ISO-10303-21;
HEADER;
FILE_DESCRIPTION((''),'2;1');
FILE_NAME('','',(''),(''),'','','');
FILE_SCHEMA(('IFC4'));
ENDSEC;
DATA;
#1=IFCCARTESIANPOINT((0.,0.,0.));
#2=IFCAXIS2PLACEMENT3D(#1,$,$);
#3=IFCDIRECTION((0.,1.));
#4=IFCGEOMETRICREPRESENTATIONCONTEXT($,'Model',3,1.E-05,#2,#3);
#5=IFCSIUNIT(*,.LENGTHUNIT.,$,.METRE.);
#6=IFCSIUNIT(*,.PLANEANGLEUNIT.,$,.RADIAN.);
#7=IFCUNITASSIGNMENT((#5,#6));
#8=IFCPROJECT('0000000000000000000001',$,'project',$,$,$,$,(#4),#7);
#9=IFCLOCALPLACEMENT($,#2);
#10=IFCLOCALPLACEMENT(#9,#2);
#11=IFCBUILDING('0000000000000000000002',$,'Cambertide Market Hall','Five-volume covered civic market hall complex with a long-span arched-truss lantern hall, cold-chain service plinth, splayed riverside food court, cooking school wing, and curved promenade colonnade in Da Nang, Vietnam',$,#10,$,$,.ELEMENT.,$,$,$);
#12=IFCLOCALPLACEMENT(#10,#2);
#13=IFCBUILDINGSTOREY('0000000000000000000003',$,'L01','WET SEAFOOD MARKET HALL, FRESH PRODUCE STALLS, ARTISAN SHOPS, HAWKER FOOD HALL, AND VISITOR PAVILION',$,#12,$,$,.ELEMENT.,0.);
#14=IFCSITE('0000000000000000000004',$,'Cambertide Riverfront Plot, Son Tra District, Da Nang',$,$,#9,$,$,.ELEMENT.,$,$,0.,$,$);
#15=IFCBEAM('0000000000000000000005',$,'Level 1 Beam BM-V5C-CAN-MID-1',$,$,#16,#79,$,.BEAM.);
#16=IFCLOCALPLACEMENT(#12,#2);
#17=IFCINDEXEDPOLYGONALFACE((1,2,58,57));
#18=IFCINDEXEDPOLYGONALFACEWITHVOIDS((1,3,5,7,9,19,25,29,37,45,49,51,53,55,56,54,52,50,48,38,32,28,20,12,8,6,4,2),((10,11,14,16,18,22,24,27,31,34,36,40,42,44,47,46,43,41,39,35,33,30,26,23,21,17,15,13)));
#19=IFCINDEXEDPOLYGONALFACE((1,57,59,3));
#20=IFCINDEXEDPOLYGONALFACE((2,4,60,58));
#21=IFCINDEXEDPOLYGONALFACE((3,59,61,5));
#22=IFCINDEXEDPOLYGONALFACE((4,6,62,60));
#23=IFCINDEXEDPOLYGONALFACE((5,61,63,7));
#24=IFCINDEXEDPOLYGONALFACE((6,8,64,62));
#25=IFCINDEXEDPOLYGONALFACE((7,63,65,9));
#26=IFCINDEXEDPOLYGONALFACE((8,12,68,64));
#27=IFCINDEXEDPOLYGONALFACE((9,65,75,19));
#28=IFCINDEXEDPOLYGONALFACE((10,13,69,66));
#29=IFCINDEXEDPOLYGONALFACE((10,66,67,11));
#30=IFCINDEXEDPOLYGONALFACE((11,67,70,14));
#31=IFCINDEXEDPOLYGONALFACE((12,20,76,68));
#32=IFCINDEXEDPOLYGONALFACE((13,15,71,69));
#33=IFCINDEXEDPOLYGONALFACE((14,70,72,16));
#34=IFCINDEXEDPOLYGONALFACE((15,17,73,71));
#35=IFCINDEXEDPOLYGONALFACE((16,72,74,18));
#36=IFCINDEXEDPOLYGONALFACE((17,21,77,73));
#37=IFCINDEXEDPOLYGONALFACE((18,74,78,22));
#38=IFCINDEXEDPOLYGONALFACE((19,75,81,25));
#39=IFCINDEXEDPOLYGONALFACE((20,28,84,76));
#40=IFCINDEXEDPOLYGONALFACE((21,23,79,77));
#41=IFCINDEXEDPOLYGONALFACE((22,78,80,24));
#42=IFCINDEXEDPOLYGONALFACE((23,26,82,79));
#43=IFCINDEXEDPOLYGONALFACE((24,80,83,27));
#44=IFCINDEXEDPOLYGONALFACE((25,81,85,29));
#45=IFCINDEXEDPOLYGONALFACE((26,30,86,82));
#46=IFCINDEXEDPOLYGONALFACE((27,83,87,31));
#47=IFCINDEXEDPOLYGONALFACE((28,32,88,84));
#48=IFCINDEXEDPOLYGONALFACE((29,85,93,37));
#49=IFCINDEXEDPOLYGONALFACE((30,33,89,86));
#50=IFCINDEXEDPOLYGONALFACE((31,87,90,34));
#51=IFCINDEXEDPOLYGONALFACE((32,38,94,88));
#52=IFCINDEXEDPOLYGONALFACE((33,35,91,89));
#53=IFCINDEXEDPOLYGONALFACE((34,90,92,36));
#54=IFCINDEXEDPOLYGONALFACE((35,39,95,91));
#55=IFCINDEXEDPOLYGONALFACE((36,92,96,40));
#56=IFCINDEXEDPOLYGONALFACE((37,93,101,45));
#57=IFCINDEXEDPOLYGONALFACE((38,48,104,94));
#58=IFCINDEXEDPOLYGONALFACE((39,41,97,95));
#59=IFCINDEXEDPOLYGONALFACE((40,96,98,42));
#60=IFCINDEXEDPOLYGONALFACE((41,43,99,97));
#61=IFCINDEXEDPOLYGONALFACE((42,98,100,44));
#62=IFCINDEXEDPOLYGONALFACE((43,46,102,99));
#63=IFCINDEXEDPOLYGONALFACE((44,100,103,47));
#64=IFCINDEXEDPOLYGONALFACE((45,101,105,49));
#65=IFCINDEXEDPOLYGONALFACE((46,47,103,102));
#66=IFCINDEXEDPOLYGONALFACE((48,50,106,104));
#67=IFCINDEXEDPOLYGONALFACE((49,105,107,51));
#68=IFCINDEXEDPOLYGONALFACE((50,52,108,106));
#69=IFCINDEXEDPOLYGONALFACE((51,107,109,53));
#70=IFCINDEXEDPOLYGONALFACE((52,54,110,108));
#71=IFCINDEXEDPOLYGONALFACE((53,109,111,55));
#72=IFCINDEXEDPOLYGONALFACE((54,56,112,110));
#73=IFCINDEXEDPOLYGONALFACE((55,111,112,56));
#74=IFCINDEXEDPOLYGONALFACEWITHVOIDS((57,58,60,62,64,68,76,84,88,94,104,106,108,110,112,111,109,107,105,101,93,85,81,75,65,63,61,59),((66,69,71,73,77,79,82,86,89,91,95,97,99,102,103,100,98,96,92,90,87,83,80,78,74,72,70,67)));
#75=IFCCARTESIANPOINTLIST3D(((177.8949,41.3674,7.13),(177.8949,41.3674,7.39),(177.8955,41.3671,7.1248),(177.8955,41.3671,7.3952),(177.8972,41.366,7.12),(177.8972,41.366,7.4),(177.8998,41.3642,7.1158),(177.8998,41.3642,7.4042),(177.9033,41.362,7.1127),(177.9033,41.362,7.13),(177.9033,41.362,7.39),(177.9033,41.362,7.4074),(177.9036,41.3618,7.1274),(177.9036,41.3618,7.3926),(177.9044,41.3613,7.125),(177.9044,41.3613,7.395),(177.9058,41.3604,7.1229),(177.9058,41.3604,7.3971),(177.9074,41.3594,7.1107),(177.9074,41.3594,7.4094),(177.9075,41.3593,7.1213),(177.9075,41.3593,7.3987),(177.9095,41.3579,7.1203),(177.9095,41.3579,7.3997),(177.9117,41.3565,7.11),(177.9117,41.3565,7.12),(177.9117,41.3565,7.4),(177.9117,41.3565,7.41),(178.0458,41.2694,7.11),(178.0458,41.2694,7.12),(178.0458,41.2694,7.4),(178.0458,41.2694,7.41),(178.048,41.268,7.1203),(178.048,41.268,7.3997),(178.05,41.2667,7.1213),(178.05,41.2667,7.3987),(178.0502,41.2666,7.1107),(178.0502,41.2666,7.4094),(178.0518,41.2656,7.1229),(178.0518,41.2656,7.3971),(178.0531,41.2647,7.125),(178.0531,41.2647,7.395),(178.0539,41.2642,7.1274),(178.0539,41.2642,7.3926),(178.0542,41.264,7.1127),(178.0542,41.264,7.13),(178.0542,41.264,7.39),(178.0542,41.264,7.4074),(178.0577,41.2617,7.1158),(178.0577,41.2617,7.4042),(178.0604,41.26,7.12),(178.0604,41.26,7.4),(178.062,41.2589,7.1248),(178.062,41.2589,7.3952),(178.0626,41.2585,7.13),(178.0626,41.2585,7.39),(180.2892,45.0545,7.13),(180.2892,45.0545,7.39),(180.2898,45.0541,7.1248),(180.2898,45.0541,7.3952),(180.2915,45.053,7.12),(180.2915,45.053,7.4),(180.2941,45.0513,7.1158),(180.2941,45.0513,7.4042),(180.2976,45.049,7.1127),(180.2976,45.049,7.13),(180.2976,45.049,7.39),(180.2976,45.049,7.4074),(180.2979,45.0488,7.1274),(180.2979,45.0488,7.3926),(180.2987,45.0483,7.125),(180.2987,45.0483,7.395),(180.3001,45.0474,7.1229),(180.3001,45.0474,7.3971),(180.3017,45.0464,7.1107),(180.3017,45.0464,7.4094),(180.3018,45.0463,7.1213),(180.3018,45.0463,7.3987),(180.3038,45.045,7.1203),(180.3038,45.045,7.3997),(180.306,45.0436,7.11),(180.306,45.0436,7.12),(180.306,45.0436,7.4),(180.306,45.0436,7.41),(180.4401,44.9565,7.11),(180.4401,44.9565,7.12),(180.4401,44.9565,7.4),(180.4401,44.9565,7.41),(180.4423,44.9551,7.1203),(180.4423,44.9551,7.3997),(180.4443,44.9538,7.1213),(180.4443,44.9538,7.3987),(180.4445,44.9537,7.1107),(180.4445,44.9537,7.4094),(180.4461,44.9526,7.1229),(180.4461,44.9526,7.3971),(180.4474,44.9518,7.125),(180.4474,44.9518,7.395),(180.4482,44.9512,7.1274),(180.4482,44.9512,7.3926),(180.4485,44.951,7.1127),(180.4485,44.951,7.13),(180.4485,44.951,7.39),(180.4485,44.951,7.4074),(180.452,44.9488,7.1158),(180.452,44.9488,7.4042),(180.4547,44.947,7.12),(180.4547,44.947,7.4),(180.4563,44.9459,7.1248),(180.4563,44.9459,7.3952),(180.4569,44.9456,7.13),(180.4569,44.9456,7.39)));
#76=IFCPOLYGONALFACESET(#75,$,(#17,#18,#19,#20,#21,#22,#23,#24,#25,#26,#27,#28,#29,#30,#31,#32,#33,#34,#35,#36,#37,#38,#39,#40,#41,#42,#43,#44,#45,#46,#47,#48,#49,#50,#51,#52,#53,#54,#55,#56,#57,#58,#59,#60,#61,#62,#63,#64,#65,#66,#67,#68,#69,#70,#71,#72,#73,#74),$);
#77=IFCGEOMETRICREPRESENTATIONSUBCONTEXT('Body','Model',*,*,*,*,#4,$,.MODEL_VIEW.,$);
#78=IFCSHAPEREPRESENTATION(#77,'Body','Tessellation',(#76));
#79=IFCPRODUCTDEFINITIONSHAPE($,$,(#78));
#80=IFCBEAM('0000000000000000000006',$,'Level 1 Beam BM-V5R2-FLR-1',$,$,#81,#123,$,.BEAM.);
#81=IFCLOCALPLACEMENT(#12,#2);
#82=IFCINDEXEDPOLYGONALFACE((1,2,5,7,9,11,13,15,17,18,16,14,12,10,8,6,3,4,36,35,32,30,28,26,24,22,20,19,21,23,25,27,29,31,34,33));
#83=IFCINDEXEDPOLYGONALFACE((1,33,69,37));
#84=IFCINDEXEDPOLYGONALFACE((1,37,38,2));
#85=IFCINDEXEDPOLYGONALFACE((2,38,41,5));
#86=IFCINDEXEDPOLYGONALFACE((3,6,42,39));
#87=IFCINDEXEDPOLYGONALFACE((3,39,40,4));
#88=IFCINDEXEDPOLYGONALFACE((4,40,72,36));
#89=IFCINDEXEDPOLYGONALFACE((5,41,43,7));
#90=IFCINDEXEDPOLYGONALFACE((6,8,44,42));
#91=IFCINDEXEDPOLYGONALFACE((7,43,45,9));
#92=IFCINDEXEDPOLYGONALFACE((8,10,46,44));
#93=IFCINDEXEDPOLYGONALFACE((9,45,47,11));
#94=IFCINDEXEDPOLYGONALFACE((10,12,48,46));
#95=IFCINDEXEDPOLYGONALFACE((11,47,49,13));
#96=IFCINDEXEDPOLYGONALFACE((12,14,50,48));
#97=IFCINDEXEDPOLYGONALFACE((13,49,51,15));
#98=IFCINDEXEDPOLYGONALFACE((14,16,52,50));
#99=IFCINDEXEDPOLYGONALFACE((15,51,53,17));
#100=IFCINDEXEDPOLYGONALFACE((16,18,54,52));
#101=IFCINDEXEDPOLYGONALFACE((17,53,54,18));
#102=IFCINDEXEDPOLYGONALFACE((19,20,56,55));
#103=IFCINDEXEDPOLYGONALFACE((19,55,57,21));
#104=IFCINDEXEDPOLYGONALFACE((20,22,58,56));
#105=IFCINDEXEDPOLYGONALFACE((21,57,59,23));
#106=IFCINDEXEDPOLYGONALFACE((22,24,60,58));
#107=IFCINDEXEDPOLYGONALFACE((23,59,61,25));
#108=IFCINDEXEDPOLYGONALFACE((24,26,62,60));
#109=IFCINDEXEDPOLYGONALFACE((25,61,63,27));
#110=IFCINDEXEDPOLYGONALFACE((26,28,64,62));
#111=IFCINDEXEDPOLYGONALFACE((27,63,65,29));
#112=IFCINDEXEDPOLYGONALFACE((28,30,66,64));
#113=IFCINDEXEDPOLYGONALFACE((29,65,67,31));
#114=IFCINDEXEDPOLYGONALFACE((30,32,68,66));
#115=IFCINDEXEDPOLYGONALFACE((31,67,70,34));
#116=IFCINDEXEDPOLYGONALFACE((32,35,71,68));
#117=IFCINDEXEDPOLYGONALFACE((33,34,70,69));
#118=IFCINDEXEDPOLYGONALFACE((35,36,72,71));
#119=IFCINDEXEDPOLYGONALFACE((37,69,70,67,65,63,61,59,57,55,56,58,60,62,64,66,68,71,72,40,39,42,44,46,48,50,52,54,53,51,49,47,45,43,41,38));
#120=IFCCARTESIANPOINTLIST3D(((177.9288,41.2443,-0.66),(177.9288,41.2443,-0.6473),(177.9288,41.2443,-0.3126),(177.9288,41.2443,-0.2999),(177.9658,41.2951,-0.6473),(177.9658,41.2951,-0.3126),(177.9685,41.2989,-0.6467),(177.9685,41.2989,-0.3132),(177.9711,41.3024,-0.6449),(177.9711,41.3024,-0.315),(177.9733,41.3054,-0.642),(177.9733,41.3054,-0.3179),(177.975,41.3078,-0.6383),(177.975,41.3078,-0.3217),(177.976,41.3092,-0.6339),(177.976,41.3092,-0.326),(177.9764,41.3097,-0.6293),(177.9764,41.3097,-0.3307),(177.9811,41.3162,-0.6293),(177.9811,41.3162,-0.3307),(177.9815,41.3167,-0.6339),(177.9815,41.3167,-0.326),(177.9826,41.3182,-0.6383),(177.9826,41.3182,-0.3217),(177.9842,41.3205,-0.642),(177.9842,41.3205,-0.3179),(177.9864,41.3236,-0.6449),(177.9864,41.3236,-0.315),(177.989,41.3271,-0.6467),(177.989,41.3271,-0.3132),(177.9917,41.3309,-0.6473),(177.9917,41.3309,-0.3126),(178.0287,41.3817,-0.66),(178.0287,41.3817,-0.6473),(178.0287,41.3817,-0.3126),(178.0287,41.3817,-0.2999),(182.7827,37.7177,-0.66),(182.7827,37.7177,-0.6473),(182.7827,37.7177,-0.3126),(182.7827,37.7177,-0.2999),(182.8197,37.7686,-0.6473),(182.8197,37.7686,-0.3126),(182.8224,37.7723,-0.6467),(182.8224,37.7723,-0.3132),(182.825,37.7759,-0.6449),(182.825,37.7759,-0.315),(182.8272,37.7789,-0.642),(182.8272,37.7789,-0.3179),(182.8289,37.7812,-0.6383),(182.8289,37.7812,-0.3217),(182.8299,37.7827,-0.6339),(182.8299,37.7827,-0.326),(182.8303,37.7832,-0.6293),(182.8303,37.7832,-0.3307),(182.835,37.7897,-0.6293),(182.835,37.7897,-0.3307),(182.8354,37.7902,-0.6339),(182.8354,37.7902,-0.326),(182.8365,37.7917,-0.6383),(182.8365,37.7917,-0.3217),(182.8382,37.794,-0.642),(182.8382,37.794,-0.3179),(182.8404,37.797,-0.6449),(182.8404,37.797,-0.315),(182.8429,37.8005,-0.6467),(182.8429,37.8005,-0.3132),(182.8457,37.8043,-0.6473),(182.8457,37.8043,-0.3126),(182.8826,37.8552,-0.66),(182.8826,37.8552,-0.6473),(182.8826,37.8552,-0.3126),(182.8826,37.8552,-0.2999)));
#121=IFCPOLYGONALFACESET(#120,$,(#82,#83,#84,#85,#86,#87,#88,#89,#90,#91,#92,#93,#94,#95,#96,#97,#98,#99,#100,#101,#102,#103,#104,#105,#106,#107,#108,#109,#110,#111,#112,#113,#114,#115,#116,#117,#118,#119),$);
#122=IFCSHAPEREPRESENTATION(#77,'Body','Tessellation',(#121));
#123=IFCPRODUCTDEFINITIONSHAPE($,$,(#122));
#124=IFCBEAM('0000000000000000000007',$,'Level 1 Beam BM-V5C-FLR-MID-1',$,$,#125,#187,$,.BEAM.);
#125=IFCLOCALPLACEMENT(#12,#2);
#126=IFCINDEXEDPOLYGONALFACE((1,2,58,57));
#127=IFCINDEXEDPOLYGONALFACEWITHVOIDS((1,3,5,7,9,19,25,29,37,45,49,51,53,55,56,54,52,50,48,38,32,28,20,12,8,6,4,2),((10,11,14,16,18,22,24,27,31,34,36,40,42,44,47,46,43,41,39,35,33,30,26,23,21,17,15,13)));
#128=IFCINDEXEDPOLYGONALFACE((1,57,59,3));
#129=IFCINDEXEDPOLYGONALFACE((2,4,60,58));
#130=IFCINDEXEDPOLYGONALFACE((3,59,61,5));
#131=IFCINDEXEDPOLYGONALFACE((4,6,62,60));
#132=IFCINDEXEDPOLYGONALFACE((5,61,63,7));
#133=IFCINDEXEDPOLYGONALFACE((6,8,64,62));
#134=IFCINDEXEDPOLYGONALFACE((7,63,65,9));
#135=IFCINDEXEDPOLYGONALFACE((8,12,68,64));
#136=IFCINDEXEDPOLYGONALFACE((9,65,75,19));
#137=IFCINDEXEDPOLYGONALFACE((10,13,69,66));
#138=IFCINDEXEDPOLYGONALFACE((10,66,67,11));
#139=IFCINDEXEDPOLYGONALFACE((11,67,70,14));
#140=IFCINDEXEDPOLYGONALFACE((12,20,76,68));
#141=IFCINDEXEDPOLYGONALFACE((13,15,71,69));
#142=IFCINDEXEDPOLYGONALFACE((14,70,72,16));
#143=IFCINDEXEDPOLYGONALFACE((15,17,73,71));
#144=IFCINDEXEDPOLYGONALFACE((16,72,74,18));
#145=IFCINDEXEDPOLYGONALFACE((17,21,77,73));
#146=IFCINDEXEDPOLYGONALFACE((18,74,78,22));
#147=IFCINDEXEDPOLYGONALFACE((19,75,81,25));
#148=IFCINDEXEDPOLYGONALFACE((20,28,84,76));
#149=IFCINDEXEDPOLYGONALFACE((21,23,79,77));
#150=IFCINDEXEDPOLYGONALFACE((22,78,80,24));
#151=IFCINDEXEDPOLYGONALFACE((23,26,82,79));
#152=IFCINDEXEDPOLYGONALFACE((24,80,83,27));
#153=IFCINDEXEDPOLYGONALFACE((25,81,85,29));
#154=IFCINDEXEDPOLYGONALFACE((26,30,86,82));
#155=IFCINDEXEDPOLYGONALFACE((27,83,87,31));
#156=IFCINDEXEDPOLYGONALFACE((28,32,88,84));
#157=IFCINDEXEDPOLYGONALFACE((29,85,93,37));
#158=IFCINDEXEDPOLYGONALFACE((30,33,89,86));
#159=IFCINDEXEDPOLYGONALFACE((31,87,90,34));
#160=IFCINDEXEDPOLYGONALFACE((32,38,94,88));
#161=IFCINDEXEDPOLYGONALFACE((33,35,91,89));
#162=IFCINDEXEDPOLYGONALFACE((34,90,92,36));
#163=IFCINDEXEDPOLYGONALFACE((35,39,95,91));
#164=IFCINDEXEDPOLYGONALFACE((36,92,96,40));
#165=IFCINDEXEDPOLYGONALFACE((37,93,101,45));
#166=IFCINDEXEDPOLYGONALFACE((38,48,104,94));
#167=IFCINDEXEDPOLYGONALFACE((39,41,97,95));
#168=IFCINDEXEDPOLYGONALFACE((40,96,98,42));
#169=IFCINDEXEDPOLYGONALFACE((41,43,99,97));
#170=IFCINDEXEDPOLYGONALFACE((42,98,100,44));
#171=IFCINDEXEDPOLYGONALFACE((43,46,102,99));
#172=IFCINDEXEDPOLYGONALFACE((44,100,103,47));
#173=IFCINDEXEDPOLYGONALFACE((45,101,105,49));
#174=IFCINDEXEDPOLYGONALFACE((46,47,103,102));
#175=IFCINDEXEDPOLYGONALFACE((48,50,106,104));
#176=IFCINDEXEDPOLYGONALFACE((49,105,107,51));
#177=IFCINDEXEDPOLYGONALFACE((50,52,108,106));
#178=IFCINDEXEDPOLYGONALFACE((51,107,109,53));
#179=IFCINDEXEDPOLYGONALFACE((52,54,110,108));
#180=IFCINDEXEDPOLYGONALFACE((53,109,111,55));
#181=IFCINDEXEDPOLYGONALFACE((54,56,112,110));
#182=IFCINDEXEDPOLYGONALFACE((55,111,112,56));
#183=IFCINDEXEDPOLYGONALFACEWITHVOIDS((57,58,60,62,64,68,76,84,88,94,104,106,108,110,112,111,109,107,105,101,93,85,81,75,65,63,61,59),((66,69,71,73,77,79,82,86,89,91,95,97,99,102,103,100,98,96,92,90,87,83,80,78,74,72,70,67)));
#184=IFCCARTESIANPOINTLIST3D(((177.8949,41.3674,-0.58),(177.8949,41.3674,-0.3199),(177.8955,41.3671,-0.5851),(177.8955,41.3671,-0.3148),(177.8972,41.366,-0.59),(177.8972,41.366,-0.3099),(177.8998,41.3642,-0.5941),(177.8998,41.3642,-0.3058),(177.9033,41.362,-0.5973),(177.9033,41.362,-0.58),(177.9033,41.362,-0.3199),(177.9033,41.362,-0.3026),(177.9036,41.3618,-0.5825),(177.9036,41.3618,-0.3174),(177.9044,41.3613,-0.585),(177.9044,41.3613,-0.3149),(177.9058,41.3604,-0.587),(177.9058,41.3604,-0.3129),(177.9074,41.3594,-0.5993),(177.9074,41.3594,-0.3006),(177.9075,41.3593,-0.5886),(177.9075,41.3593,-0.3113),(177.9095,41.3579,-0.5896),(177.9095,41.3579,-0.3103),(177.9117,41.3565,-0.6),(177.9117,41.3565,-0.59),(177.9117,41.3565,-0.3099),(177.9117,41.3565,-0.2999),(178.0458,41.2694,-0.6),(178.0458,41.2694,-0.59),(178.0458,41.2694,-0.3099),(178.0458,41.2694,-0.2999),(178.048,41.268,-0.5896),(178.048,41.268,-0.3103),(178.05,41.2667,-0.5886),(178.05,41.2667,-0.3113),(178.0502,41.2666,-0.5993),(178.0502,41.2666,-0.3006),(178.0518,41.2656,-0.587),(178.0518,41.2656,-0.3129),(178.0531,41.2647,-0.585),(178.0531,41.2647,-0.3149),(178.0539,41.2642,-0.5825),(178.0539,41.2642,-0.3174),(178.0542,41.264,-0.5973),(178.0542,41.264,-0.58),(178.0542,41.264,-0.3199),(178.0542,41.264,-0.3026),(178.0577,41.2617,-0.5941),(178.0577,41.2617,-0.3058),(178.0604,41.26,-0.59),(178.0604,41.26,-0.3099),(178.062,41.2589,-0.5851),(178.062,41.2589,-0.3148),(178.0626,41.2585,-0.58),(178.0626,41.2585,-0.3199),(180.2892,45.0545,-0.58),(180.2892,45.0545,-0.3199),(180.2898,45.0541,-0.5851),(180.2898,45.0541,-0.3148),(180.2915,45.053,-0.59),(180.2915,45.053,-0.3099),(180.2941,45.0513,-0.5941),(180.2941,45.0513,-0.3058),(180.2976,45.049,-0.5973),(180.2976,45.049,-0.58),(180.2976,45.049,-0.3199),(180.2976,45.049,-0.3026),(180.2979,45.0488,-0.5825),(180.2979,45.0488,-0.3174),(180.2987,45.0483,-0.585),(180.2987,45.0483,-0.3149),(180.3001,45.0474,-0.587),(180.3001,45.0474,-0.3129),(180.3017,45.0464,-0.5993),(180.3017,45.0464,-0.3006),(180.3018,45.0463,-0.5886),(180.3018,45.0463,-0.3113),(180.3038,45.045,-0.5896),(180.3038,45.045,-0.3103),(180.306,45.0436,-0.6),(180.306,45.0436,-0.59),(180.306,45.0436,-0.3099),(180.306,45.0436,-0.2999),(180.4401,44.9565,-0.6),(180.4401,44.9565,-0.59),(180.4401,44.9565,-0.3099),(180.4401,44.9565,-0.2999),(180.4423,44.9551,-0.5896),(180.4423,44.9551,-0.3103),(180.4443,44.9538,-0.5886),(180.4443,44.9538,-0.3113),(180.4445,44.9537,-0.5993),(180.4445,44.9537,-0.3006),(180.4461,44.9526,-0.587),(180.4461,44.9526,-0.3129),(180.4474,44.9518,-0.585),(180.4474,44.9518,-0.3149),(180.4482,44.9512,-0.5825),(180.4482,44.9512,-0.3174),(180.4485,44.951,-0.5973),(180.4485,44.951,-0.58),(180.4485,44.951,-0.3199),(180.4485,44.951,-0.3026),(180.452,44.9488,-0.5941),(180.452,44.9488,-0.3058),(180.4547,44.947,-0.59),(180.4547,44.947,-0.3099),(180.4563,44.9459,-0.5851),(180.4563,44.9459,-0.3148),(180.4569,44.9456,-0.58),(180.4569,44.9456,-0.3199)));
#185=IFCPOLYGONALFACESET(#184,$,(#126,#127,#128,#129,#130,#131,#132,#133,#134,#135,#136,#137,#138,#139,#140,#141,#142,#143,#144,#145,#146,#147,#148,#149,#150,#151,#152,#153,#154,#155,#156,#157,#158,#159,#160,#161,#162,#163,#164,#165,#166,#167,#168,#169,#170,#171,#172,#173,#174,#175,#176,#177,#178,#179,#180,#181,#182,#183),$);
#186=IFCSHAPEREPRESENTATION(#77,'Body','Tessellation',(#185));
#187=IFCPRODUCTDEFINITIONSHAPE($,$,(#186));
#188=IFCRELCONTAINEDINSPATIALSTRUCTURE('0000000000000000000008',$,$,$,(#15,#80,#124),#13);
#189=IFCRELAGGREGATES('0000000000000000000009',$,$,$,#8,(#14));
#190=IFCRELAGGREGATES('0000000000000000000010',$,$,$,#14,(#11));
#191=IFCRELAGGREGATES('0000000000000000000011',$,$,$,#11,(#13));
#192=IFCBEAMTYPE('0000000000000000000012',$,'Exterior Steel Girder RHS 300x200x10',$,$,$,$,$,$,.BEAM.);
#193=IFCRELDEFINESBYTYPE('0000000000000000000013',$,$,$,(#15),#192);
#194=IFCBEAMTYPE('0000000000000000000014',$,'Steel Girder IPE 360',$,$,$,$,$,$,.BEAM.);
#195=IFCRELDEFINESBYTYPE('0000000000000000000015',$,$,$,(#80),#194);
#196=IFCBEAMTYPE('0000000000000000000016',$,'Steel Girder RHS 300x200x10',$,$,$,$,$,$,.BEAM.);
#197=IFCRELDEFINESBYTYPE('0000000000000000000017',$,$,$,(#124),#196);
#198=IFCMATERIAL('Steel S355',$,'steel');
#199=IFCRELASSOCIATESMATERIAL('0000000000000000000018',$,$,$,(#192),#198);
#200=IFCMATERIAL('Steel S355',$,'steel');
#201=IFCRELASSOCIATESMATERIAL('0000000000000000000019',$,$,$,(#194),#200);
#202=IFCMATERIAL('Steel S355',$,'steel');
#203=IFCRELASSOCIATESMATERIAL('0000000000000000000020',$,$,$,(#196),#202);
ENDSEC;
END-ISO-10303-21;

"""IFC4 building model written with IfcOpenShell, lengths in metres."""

from ifc_helpers import new_model, si_unit, direction, frame, origin, origin_2d, place, context, subcontext, project, spatial, hollow_rectangle, i_section, extrude, material, material_profile, profile_set, type_object, element, save


model = new_model("IFC4")

# Units and contexts
model_context = context("Model", 3, precision=1e-05, world=origin(), true_north=direction((0.0, 1.0)))
body_context = subcontext(model_context, "Body", "Model", "MODEL_VIEW")
ifc_project = project(units=[si_unit("LENGTHUNIT", "METRE"), si_unit("PLANEANGLEUNIT", "RADIAN")], contexts=[model_context])

# Site, building, storey
site_placement = place(None, origin())
site = spatial("IfcSite", under=ifc_project, at=site_placement, Name="Cambertide Riverfront Plot, Son Tra District, Da Nang", CompositionType="ELEMENT", RefElevation=0.0)
building_placement = place(site_placement, origin())
building = spatial("IfcBuilding", under=site, at=building_placement, Name="Cambertide Market Hall", Description="Five-volume covered civic market hall complex with a long-span arched-truss lantern hall, cold-chain service plinth, splayed riverside food court, cooking school wing, and curved promenade colonnade in Da Nang, Vietnam", CompositionType="ELEMENT")
storey_placement = place(building_placement, origin())
storey = spatial("IfcBuildingStorey", under=building, at=storey_placement, Name="L01", Description="WET SEAFOOD MARKET HALL, FRESH PRODUCE STALLS, ARTISAN SHOPS, HAWKER FOOD HALL, AND VISITOR PAVILION", CompositionType="ELEMENT", Elevation=0.0)

# Beams
ifc_material_1 = material(Name="Steel S355", Category="steel")
ifc_material_profile_1 = material_profile(ifc_material_1, hollow_rectangle(XDim=0.2, YDim=0.3, WallThickness=0.01, InnerFilletRadius=0.01, OuterFilletRadius=0.02, at=origin_2d()), Name="RHS 300x200x10")
ifc_profile_set_1 = profile_set([ifc_material_profile_1], Name="Steel S355")
beam_type_1 = type_object("IfcBeamType", Name="Exterior Steel Girder RHS 300x200x10", PredefinedType="BEAM", material=ifc_profile_set_1)
beam_1_placement = place(storey_placement, frame((177.9788, 41.313, 7.26), z_axis=(0.544625, 0.83868, 0.0), x_axis=(-0.83868, 0.544625, 0.0)))
element("IfcBeam", 1, at=beam_1_placement, inside=storey, type_object=beam_type_1, Name="Level 1 Beam BM-V5C-CAN-MID-1", PredefinedType="BEAM", context=body_context, shape_type="SweptSolid", body=[
    extrude(hollow_rectangle(XDim=0.2, YDim=0.3, WallThickness=0.01, InnerFilletRadius=0.01, OuterFilletRadius=0.02, at=origin_2d()), origin(), (0.0, 0.0, 1.0), 4.3962),
])
ifc_material_2 = material(Name="Steel S355", Category="steel")
ifc_material_profile_2 = material_profile(ifc_material_2, i_section(OverallWidth=0.1699, OverallDepth=0.3601, WebThickness=0.0081, FlangeThickness=0.0127, FilletRadius=0.0181, at=origin_2d()), Name="IPE 360")
ifc_profile_set_2 = profile_set([ifc_material_profile_2], Name="Steel S355")
beam_type_2 = type_object("IfcBeamType", Name="Steel Girder IPE 360", PredefinedType="BEAM", material=ifc_profile_set_2)
beam_2_placement = place(storey_placement, frame((177.9788, 41.313, -0.48), z_axis=(0.809019, -0.587782, 0.0), x_axis=(0.587782, 0.809019, 0.0)))
element("IfcBeam", 2, at=beam_2_placement, inside=storey, type_object=beam_type_2, Name="Level 1 Beam BM-V5R2-FLR-1", PredefinedType="BEAM", context=body_context, shape_type="SweptSolid", body=[
    extrude(i_section(OverallWidth=0.1699, OverallDepth=0.3601, WebThickness=0.0081, FlangeThickness=0.0127, FilletRadius=0.0181, at=origin_2d()), origin(), (0.0, 0.0, 1.0), 5.9998),
])
ifc_material_3 = material(Name="Steel S355", Category="steel")
ifc_material_profile_3 = material_profile(ifc_material_3, hollow_rectangle(XDim=0.2, YDim=0.3, WallThickness=0.01, InnerFilletRadius=0.01, OuterFilletRadius=0.02, at=origin_2d()), Name="RHS 300x200x10")
ifc_profile_set_3 = profile_set([ifc_material_profile_3], Name="Steel S355")
beam_type_3 = type_object("IfcBeamType", Name="Steel Girder RHS 300x200x10", PredefinedType="BEAM", material=ifc_profile_set_3)
beam_3_placement = place(storey_placement, frame((177.9788, 41.313, -0.45), z_axis=(0.544625, 0.83868, 0.0), x_axis=(-0.83868, 0.544625, 0.0)))
element("IfcBeam", 3, at=beam_3_placement, inside=storey, type_object=beam_type_3, Name="Level 1 Beam BM-V5C-FLR-MID-1", PredefinedType="BEAM", context=body_context, shape_type="SweptSolid", body=[
    extrude(hollow_rectangle(XDim=0.2, YDim=0.3, WallThickness=0.01, InnerFilletRadius=0.01, OuterFilletRadius=0.02, at=origin_2d()), origin(), (0.0, 0.0, 1.0), 4.3962),
])

save(model, "model.ifc")
